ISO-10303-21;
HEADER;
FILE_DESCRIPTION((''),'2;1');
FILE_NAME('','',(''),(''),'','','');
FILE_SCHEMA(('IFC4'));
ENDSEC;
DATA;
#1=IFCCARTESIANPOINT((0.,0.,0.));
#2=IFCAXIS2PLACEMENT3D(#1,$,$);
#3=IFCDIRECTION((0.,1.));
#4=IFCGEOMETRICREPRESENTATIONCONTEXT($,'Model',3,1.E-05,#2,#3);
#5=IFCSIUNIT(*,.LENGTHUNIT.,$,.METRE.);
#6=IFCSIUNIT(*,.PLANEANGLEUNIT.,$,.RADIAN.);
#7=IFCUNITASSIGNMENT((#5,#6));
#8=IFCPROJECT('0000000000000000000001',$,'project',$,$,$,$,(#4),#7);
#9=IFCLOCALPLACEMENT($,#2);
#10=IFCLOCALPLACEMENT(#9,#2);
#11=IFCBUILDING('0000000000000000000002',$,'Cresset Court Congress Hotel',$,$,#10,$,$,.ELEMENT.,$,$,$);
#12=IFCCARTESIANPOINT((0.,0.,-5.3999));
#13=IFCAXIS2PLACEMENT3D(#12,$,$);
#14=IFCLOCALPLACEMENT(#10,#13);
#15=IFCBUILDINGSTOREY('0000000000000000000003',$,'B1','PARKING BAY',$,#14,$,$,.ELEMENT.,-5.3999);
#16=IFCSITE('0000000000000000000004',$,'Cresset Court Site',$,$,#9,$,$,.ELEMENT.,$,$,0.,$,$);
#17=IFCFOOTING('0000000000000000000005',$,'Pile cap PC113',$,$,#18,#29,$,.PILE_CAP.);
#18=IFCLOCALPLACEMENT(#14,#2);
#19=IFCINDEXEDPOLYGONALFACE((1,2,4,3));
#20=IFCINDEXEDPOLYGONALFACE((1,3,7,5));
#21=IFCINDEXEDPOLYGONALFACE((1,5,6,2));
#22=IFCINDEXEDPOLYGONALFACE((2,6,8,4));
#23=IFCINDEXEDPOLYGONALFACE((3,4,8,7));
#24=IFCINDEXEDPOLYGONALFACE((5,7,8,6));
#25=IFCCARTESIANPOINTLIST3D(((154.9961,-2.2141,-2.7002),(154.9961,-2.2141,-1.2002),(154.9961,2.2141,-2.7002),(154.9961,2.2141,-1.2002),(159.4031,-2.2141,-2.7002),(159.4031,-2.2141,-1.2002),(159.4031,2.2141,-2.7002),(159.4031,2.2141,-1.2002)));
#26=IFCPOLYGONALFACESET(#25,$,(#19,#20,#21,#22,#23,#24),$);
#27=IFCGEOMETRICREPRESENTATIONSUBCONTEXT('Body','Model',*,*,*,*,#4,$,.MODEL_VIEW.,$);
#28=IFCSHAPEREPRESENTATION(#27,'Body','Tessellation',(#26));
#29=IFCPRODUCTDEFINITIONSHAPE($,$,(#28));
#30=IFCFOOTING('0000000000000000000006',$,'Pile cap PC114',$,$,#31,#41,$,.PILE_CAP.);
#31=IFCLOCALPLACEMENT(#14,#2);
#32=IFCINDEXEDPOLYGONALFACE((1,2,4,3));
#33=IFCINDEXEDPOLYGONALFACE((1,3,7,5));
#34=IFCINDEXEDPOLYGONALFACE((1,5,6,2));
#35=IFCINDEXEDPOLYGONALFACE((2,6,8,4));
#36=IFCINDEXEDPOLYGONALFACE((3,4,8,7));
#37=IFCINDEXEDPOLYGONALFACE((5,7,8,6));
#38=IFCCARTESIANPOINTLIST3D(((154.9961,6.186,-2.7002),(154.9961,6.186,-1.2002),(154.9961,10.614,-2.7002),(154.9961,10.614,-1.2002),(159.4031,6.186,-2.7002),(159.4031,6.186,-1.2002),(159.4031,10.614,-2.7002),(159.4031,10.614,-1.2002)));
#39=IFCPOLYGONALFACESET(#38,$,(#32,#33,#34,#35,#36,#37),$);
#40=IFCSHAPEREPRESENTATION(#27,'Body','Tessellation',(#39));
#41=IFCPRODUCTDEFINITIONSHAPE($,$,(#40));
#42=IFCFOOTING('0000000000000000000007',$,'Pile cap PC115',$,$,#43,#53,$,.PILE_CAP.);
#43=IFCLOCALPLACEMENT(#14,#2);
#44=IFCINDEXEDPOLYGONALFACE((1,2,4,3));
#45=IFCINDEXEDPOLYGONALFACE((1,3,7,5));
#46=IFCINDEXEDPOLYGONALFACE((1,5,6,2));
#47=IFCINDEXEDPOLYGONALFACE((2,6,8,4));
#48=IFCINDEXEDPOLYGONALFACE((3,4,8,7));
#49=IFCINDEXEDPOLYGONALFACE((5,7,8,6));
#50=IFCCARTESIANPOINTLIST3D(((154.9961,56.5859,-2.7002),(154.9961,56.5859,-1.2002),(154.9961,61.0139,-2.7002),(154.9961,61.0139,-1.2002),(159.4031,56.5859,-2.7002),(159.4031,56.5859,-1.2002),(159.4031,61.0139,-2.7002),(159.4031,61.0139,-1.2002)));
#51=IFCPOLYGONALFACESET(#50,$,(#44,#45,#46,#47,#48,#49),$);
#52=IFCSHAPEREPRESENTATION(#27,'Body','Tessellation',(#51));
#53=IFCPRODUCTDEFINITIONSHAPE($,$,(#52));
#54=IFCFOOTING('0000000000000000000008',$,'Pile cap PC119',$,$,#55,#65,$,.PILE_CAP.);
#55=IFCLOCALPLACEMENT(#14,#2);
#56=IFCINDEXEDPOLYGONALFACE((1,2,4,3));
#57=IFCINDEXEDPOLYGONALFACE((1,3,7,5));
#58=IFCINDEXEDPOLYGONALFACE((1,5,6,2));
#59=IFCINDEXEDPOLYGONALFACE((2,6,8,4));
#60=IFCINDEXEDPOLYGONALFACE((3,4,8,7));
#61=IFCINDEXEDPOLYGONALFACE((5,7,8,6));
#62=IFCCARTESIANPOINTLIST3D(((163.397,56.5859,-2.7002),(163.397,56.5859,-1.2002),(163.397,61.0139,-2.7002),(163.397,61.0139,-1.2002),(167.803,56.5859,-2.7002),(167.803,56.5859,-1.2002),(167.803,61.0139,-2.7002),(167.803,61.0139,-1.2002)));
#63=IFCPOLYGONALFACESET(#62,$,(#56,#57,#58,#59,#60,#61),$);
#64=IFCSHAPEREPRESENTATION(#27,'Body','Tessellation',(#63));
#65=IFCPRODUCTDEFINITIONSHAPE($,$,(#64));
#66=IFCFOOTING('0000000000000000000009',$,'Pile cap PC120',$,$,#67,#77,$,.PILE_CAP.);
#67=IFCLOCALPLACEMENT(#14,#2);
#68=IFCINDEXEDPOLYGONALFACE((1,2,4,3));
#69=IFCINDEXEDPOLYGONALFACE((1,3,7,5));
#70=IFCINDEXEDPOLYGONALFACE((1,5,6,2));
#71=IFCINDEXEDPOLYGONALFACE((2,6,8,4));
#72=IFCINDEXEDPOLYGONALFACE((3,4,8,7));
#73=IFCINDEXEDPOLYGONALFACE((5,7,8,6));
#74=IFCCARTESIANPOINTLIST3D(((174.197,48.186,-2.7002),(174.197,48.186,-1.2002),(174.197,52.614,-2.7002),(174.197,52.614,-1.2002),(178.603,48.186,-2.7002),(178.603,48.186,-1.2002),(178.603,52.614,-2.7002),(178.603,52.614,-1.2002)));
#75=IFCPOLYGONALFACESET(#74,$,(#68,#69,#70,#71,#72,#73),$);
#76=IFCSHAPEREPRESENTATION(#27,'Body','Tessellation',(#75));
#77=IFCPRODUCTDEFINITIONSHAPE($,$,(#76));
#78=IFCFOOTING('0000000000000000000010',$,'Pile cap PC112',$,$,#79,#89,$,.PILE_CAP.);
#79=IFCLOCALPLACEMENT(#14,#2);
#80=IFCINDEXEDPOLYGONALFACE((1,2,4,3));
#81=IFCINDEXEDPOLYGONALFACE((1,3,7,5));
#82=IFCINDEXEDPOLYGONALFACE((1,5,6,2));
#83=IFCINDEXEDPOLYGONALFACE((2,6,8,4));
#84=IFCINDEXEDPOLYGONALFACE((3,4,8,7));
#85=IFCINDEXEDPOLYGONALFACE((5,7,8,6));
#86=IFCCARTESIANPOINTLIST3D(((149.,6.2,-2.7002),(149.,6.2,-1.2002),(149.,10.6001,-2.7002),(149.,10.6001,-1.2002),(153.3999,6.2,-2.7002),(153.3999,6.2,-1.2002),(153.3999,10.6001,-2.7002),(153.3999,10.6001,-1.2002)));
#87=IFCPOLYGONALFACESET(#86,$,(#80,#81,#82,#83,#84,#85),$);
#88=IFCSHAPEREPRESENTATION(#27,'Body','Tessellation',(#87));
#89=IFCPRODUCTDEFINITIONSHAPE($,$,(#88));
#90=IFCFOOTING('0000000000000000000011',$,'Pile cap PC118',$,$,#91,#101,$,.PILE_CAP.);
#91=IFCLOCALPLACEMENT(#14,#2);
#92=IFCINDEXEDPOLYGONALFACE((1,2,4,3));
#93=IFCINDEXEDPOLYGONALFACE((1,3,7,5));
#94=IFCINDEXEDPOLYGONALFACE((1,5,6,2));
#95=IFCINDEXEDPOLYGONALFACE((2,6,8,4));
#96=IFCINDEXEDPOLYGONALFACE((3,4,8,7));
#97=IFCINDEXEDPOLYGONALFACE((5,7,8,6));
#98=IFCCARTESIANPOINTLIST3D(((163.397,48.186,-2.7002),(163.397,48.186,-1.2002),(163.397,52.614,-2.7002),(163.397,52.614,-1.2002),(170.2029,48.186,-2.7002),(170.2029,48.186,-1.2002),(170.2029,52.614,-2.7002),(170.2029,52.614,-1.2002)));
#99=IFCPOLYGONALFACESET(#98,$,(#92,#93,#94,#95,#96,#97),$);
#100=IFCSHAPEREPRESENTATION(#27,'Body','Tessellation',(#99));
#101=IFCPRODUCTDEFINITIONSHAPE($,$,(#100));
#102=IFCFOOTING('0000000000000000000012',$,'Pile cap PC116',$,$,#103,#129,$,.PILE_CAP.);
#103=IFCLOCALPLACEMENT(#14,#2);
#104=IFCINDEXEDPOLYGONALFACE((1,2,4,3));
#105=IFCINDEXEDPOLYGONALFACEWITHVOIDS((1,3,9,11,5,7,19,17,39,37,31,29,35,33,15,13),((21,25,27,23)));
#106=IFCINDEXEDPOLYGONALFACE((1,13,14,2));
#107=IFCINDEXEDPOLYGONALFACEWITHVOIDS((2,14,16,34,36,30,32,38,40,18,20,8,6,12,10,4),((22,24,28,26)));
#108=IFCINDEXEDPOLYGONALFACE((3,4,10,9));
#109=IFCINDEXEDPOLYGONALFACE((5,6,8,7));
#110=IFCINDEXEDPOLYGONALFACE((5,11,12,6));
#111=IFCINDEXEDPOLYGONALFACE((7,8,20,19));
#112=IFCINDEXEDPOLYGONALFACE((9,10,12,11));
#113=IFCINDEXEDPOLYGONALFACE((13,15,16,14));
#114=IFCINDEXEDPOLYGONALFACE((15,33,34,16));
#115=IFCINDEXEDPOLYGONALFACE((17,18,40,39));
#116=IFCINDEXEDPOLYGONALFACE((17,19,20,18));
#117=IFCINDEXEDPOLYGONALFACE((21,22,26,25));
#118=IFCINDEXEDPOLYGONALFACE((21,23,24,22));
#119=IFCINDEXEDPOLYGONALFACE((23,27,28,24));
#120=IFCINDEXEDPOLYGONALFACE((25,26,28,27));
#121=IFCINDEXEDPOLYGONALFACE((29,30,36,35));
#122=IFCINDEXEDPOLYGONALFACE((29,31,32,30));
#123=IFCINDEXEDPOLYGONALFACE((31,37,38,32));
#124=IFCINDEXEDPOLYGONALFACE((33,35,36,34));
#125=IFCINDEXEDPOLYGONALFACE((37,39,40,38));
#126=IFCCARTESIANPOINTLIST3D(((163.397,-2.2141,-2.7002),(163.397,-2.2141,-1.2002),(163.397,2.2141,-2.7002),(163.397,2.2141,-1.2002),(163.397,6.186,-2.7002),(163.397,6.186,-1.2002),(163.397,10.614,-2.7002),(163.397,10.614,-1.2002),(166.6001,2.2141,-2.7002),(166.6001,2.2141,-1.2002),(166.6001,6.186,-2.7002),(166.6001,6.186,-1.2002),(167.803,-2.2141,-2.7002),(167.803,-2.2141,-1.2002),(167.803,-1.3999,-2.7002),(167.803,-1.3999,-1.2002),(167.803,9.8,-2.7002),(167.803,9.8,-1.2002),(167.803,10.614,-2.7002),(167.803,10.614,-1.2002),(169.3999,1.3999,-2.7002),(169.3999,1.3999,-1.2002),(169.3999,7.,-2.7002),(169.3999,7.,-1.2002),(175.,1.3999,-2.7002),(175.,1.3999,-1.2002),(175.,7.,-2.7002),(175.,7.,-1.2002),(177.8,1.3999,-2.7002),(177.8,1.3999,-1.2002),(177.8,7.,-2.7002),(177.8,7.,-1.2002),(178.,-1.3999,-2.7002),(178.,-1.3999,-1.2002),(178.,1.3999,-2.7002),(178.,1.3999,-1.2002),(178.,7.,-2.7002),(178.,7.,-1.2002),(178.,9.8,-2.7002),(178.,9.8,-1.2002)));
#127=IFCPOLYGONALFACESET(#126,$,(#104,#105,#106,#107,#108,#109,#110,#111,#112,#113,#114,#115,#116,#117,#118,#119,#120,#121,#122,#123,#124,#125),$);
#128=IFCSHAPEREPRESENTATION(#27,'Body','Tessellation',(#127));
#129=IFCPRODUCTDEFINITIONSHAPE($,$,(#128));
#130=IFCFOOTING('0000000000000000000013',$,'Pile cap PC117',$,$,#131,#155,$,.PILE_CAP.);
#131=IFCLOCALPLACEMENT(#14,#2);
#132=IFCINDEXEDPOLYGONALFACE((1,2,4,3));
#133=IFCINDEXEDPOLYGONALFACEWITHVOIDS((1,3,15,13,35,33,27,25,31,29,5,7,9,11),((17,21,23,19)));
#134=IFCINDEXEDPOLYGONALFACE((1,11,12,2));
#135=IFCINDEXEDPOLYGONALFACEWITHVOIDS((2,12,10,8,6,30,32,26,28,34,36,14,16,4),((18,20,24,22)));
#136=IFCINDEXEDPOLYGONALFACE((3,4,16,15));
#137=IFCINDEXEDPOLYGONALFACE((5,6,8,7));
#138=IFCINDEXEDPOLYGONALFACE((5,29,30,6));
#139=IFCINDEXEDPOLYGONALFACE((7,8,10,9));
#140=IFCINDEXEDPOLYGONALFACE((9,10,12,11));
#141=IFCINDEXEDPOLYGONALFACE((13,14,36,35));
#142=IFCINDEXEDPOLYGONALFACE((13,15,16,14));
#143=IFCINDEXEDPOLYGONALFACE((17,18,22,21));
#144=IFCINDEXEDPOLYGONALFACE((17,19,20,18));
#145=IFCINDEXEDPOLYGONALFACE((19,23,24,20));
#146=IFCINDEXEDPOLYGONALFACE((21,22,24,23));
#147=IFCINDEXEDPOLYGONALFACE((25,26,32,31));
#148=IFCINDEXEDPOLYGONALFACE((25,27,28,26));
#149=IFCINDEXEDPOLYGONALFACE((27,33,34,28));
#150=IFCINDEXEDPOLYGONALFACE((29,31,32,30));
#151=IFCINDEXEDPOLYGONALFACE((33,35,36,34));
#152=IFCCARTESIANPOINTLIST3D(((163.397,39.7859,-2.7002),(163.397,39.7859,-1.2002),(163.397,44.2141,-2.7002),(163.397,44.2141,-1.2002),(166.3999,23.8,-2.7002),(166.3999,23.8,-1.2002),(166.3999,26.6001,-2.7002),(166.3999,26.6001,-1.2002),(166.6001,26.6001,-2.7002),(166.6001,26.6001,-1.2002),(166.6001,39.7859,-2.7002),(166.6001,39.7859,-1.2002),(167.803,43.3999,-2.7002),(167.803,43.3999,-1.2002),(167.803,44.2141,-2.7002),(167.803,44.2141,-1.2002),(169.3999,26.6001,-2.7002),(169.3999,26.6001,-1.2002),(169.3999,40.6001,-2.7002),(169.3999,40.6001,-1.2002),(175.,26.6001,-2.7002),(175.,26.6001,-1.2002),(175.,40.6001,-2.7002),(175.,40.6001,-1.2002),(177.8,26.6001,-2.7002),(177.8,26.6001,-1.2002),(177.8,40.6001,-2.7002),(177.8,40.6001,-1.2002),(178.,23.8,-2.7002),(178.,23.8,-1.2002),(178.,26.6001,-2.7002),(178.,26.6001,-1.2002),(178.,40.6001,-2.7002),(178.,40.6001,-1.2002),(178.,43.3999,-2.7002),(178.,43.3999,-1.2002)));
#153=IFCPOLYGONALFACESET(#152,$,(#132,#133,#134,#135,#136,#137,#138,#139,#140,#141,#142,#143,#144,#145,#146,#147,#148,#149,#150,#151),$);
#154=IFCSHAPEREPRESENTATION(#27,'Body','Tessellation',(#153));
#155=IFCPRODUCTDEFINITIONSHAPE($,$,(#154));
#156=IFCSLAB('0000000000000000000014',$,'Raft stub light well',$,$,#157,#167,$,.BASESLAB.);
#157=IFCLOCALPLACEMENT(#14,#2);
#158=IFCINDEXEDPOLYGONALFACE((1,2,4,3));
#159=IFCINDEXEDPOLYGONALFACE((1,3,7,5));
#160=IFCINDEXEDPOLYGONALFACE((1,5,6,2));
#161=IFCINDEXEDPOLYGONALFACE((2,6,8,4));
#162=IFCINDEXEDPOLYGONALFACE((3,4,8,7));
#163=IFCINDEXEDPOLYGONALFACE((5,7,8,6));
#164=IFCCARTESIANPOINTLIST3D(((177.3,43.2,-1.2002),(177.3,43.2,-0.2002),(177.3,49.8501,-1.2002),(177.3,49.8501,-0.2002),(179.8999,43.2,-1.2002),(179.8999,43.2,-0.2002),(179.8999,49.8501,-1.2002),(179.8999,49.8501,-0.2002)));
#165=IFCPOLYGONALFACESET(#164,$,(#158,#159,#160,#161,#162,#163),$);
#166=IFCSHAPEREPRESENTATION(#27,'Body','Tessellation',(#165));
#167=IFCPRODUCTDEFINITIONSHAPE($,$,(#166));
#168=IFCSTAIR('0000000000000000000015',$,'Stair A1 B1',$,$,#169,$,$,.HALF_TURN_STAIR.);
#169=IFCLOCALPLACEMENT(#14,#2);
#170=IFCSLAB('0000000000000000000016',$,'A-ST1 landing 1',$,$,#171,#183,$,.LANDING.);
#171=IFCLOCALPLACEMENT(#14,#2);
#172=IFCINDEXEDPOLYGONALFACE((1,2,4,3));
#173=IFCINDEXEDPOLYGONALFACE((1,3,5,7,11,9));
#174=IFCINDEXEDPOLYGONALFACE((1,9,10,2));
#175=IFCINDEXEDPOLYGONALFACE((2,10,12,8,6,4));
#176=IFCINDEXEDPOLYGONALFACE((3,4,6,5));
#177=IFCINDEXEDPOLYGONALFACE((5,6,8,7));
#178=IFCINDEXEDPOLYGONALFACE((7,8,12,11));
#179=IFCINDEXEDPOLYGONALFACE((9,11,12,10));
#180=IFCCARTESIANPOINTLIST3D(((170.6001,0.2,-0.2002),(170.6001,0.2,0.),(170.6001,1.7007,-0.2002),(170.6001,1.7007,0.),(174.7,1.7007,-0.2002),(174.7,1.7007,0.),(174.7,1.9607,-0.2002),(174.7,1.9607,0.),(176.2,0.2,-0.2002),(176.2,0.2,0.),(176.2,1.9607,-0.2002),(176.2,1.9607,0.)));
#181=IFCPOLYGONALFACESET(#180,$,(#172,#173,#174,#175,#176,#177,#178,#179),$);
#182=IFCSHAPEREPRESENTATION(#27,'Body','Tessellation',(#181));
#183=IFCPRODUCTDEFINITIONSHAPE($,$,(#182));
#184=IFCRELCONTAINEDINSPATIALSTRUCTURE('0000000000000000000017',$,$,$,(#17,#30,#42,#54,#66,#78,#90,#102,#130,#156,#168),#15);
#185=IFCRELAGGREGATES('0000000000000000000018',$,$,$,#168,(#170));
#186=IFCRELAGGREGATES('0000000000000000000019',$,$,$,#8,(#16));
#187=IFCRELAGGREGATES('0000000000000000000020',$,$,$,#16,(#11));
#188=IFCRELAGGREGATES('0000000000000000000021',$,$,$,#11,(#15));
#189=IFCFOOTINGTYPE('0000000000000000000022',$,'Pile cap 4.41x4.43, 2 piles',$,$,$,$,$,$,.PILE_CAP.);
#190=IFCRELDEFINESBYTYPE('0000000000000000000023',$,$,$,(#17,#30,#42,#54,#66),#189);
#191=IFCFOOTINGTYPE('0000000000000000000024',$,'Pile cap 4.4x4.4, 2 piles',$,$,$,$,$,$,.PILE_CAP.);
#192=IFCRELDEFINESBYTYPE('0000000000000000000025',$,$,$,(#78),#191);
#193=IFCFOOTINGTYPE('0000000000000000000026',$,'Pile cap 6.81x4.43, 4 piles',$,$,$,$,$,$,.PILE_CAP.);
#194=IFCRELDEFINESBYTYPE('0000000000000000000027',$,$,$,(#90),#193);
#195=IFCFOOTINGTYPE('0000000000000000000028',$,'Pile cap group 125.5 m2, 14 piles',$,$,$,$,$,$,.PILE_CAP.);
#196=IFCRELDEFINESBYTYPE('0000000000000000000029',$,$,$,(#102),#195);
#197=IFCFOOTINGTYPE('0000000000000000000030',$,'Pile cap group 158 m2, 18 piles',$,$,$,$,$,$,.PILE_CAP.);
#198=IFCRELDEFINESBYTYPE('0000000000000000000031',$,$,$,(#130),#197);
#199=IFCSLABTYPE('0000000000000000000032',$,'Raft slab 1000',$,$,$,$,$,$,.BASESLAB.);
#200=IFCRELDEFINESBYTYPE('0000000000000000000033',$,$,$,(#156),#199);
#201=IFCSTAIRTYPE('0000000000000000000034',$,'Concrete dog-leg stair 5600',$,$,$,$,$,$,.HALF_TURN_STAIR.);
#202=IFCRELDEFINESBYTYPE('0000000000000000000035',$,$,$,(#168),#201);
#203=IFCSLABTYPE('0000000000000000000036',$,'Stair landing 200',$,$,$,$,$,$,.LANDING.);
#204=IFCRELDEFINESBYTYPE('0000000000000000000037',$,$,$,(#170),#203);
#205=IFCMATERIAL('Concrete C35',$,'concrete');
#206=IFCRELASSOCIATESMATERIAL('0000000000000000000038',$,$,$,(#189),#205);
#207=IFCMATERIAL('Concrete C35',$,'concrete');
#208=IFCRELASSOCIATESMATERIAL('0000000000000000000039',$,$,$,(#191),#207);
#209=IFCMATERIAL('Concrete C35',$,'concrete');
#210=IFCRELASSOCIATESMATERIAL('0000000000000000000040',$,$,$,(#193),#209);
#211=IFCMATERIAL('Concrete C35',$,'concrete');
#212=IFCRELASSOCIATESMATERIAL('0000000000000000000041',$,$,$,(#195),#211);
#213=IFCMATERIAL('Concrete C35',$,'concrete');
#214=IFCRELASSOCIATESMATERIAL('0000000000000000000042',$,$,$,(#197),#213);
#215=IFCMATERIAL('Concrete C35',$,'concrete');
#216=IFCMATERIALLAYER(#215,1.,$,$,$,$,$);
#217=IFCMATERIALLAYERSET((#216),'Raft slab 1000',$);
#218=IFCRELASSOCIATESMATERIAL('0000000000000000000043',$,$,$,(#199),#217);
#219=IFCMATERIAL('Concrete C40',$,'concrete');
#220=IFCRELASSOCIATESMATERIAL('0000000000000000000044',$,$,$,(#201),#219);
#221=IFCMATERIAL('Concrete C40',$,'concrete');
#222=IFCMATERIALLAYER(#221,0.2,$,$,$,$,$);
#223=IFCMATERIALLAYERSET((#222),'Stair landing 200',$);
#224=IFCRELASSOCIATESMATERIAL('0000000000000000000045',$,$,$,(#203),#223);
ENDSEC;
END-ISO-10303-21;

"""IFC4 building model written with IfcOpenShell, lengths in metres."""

from ifc_helpers import new_model, si_unit, direction, frame, origin, place, context, subcontext, project, spatial, polyline, outline, extrude, material, layer, layer_set, type_object, element, aggregate, save


model = new_model("IFC4")

# Units and contexts
model_context = context("Model", 3, precision=1e-05, world=origin(), true_north=direction((0.0, 1.0)))
body_context = subcontext(model_context, "Body", "Model", "MODEL_VIEW")
ifc_project = project(units=[si_unit("LENGTHUNIT", "METRE"), si_unit("PLANEANGLEUNIT", "RADIAN")], contexts=[model_context])

# Site, building, storey
site_placement = place(None, origin())
site = spatial("IfcSite", under=ifc_project, at=site_placement, Name="Cresset Court Site", CompositionType="ELEMENT", RefElevation=0.0)
building_placement = place(site_placement, origin())
building = spatial("IfcBuilding", under=site, at=building_placement, Name="Cresset Court Congress Hotel", CompositionType="ELEMENT")
storey_placement = place(building_placement, frame((0.0, 0.0, -5.3999)))
storey = spatial("IfcBuildingStorey", under=building, at=storey_placement, Name="B1", Description="PARKING BAY", CompositionType="ELEMENT", Elevation=-5.3999)

# Footings
ifc_material_1 = material(Name="Concrete C35", Category="concrete")
footing_type_1 = type_object("IfcFootingType", Name="Pile cap 4.41x4.43, 2 piles", PredefinedType="PILE_CAP", material=ifc_material_1)
footing_1_placement = place(storey_placement, frame((0.0, 0.0, -2.7002)))
element("IfcFooting", 1, at=footing_1_placement, inside=storey, type_object=footing_type_1, Name="Pile cap PC113", PredefinedType="PILE_CAP", context=body_context, shape_type="SweptSolid", body=[
    extrude(outline(polyline([(159.4031, 2.2141), (159.4031, -2.2141), (154.9961, -2.2141), (154.9961, 2.2141), (159.4031, 2.2141)])), origin(), (0.0, 0.0, 1.0), 1.5),
])
footing_2_placement = place(storey_placement, frame((0.0, 0.0, -2.7002)))
element("IfcFooting", 2, at=footing_2_placement, inside=storey, type_object=footing_type_1, Name="Pile cap PC114", PredefinedType="PILE_CAP", context=body_context, shape_type="SweptSolid", body=[
    extrude(outline(polyline([(159.4031, 6.186), (154.9961, 6.186), (154.9961, 10.614), (159.4031, 10.614), (159.4031, 6.186)])), origin(), (0.0, 0.0, 1.0), 1.5),
])
footing_3_placement = place(storey_placement, frame((0.0, 0.0, -2.7002)))
element("IfcFooting", 3, at=footing_3_placement, inside=storey, type_object=footing_type_1, Name="Pile cap PC115", PredefinedType="PILE_CAP", context=body_context, shape_type="SweptSolid", body=[
    extrude(outline(polyline([(159.4031, 56.5859), (154.9961, 56.5859), (154.9961, 61.0139), (159.4031, 61.0139), (159.4031, 56.5859)])), origin(), (0.0, 0.0, 1.0), 1.5),
])
footing_4_placement = place(storey_placement, frame((0.0, 0.0, -2.7002)))
element("IfcFooting", 4, at=footing_4_placement, inside=storey, type_object=footing_type_1, Name="Pile cap PC119", PredefinedType="PILE_CAP", context=body_context, shape_type="SweptSolid", body=[
    extrude(outline(polyline([(167.803, 56.5859), (163.397, 56.5859), (163.397, 61.0139), (167.803, 61.0139), (167.803, 56.5859)])), origin(), (0.0, 0.0, 1.0), 1.5),
])
footing_5_placement = place(storey_placement, frame((0.0, 0.0, -2.7002)))
element("IfcFooting", 5, at=footing_5_placement, inside=storey, type_object=footing_type_1, Name="Pile cap PC120", PredefinedType="PILE_CAP", context=body_context, shape_type="SweptSolid", body=[
    extrude(outline(polyline([(178.603, 48.186), (174.197, 48.186), (174.197, 52.614), (178.603, 52.614), (178.603, 48.186)])), origin(), (0.0, 0.0, 1.0), 1.5),
])
ifc_material_2 = material(Name="Concrete C35", Category="concrete")
footing_type_2 = type_object("IfcFootingType", Name="Pile cap 4.4x4.4, 2 piles", PredefinedType="PILE_CAP", material=ifc_material_2)
footing_6_placement = place(storey_placement, frame((0.0, 0.0, -2.7002)))
element("IfcFooting", 6, at=footing_6_placement, inside=storey, type_object=footing_type_2, Name="Pile cap PC112", PredefinedType="PILE_CAP", context=body_context, shape_type="SweptSolid", body=[
    extrude(outline(polyline([(153.3999, 6.2), (149.0, 6.2), (149.0, 10.6001), (153.3999, 10.6001), (153.3999, 6.2)])), origin(), (0.0, 0.0, 1.0), 1.5),
])
ifc_material_3 = material(Name="Concrete C35", Category="concrete")
footing_type_3 = type_object("IfcFootingType", Name="Pile cap 6.81x4.43, 4 piles", PredefinedType="PILE_CAP", material=ifc_material_3)
footing_7_placement = place(storey_placement, frame((0.0, 0.0, -2.7002)))
element("IfcFooting", 7, at=footing_7_placement, inside=storey, type_object=footing_type_3, Name="Pile cap PC118", PredefinedType="PILE_CAP", context=body_context, shape_type="SweptSolid", body=[
    extrude(outline(polyline([(163.397, 48.186), (163.397, 52.614), (170.2029, 52.614), (170.2029, 48.186), (163.397, 48.186)])), origin(), (0.0, 0.0, 1.0), 1.5),
])
ifc_material_4 = material(Name="Concrete C35", Category="concrete")
footing_type_4 = type_object("IfcFootingType", Name="Pile cap group 125.5 m2, 14 piles", PredefinedType="PILE_CAP", material=ifc_material_4)
footing_8_placement = place(storey_placement, frame((0.0, 0.0, -2.7002)))
element("IfcFooting", 8, at=footing_8_placement, inside=storey, type_object=footing_type_4, Name="Pile cap PC116", PredefinedType="PILE_CAP", context=body_context, shape_type="SweptSolid", body=[
    extrude(outline(polyline([(166.6001, 6.186), (163.397, 6.186), (163.397, 10.614), (167.803, 10.614), (167.803, 9.8), (178.0, 9.8), (178.0, 7.0), (177.8, 7.0), (177.8, 1.3999), (178.0, 1.3999), (178.0, -1.3999), (167.803, -1.3999), (167.803, -2.2141), (163.397, -2.2141), (163.397, 2.2141), (166.6001, 2.2141), (166.6001, 6.186)]), holes=[polyline([(169.3999, 1.3999), (175.0, 1.3999), (175.0, 7.0), (169.3999, 7.0), (169.3999, 1.3999)])]), origin(), (0.0, 0.0, 1.0), 1.5),
])
ifc_material_5 = material(Name="Concrete C35", Category="concrete")
footing_type_5 = type_object("IfcFootingType", Name="Pile cap group 158 m2, 18 piles", PredefinedType="PILE_CAP", material=ifc_material_5)
footing_9_placement = place(storey_placement, frame((0.0, 0.0, -2.7002)))
element("IfcFooting", 9, at=footing_9_placement, inside=storey, type_object=footing_type_5, Name="Pile cap PC117", PredefinedType="PILE_CAP", context=body_context, shape_type="SweptSolid", body=[
    extrude(outline(polyline([(166.6001, 39.7859), (163.397, 39.7859), (163.397, 44.2141), (167.803, 44.2141), (167.803, 43.3999), (178.0, 43.3999), (178.0, 40.6001), (177.8, 40.6001), (177.8, 26.6001), (178.0, 26.6001), (178.0, 23.8), (166.3999, 23.8), (166.3999, 26.6001), (166.6001, 26.6001), (166.6001, 39.7859)]), holes=[polyline([(169.3999, 40.6001), (169.3999, 26.6001), (175.0, 26.6001), (175.0, 40.6001), (169.3999, 40.6001)])]), origin(), (0.0, 0.0, 1.0), 1.5),
])

# Slab
ifc_material_6 = material(Name="Concrete C35", Category="concrete")
ifc_layer_1 = layer(ifc_material_6, 1.0)
ifc_layer_set_1 = layer_set([ifc_layer_1], Name="Raft slab 1000")
slab_type_1 = type_object("IfcSlabType", Name="Raft slab 1000", PredefinedType="BASESLAB", material=ifc_layer_set_1)
slab_1_placement = place(storey_placement, frame((0.0, 0.0, -1.2002)))
element("IfcSlab", 10, at=slab_1_placement, inside=storey, type_object=slab_type_1, Name="Raft stub light well", PredefinedType="BASESLAB", context=body_context, shape_type="SweptSolid", body=[
    extrude(outline(polyline([(177.3, 43.2), (179.8999, 43.2), (179.8999, 49.8501), (177.3, 49.8501), (177.3, 43.2)])), origin(), (0.0, 0.0, 1.0), 1.0),
])

# Stair, slab
ifc_material_7 = material(Name="Concrete C40", Category="concrete")
stair_type_1 = type_object("IfcStairType", Name="Concrete dog-leg stair 5600", PredefinedType="HALF_TURN_STAIR", material=ifc_material_7)
stair_1_placement = place(storey_placement, origin())
stair_1 = element("IfcStair", 11, at=stair_1_placement, inside=storey, type_object=stair_type_1, Name="Stair A1 B1", PredefinedType="HALF_TURN_STAIR")
ifc_material_8 = material(Name="Concrete C40", Category="concrete")
ifc_layer_2 = layer(ifc_material_8, 0.2)
ifc_layer_set_2 = layer_set([ifc_layer_2], Name="Stair landing 200")
slab_type_2 = type_object("IfcSlabType", Name="Stair landing 200", PredefinedType="LANDING", material=ifc_layer_set_2)
slab_2_placement = place(storey_placement, frame((0.0, 0.0, -0.2002)))
slab_2 = element("IfcSlab", 12, at=slab_2_placement, type_object=slab_type_2, Name="A-ST1 landing 1", PredefinedType="LANDING", context=body_context, shape_type="SweptSolid", body=[
    extrude(outline(polyline([(170.6001, 0.2), (176.2, 0.2), (176.2, 1.9607), (174.7, 1.9607), (174.7, 1.7007), (170.6001, 1.7007), (170.6001, 0.2)])), origin(), (0.0, 0.0, 1.0), 0.2002),
])
aggregate(stair_1, [slab_2])

save(model, "model.ifc")
